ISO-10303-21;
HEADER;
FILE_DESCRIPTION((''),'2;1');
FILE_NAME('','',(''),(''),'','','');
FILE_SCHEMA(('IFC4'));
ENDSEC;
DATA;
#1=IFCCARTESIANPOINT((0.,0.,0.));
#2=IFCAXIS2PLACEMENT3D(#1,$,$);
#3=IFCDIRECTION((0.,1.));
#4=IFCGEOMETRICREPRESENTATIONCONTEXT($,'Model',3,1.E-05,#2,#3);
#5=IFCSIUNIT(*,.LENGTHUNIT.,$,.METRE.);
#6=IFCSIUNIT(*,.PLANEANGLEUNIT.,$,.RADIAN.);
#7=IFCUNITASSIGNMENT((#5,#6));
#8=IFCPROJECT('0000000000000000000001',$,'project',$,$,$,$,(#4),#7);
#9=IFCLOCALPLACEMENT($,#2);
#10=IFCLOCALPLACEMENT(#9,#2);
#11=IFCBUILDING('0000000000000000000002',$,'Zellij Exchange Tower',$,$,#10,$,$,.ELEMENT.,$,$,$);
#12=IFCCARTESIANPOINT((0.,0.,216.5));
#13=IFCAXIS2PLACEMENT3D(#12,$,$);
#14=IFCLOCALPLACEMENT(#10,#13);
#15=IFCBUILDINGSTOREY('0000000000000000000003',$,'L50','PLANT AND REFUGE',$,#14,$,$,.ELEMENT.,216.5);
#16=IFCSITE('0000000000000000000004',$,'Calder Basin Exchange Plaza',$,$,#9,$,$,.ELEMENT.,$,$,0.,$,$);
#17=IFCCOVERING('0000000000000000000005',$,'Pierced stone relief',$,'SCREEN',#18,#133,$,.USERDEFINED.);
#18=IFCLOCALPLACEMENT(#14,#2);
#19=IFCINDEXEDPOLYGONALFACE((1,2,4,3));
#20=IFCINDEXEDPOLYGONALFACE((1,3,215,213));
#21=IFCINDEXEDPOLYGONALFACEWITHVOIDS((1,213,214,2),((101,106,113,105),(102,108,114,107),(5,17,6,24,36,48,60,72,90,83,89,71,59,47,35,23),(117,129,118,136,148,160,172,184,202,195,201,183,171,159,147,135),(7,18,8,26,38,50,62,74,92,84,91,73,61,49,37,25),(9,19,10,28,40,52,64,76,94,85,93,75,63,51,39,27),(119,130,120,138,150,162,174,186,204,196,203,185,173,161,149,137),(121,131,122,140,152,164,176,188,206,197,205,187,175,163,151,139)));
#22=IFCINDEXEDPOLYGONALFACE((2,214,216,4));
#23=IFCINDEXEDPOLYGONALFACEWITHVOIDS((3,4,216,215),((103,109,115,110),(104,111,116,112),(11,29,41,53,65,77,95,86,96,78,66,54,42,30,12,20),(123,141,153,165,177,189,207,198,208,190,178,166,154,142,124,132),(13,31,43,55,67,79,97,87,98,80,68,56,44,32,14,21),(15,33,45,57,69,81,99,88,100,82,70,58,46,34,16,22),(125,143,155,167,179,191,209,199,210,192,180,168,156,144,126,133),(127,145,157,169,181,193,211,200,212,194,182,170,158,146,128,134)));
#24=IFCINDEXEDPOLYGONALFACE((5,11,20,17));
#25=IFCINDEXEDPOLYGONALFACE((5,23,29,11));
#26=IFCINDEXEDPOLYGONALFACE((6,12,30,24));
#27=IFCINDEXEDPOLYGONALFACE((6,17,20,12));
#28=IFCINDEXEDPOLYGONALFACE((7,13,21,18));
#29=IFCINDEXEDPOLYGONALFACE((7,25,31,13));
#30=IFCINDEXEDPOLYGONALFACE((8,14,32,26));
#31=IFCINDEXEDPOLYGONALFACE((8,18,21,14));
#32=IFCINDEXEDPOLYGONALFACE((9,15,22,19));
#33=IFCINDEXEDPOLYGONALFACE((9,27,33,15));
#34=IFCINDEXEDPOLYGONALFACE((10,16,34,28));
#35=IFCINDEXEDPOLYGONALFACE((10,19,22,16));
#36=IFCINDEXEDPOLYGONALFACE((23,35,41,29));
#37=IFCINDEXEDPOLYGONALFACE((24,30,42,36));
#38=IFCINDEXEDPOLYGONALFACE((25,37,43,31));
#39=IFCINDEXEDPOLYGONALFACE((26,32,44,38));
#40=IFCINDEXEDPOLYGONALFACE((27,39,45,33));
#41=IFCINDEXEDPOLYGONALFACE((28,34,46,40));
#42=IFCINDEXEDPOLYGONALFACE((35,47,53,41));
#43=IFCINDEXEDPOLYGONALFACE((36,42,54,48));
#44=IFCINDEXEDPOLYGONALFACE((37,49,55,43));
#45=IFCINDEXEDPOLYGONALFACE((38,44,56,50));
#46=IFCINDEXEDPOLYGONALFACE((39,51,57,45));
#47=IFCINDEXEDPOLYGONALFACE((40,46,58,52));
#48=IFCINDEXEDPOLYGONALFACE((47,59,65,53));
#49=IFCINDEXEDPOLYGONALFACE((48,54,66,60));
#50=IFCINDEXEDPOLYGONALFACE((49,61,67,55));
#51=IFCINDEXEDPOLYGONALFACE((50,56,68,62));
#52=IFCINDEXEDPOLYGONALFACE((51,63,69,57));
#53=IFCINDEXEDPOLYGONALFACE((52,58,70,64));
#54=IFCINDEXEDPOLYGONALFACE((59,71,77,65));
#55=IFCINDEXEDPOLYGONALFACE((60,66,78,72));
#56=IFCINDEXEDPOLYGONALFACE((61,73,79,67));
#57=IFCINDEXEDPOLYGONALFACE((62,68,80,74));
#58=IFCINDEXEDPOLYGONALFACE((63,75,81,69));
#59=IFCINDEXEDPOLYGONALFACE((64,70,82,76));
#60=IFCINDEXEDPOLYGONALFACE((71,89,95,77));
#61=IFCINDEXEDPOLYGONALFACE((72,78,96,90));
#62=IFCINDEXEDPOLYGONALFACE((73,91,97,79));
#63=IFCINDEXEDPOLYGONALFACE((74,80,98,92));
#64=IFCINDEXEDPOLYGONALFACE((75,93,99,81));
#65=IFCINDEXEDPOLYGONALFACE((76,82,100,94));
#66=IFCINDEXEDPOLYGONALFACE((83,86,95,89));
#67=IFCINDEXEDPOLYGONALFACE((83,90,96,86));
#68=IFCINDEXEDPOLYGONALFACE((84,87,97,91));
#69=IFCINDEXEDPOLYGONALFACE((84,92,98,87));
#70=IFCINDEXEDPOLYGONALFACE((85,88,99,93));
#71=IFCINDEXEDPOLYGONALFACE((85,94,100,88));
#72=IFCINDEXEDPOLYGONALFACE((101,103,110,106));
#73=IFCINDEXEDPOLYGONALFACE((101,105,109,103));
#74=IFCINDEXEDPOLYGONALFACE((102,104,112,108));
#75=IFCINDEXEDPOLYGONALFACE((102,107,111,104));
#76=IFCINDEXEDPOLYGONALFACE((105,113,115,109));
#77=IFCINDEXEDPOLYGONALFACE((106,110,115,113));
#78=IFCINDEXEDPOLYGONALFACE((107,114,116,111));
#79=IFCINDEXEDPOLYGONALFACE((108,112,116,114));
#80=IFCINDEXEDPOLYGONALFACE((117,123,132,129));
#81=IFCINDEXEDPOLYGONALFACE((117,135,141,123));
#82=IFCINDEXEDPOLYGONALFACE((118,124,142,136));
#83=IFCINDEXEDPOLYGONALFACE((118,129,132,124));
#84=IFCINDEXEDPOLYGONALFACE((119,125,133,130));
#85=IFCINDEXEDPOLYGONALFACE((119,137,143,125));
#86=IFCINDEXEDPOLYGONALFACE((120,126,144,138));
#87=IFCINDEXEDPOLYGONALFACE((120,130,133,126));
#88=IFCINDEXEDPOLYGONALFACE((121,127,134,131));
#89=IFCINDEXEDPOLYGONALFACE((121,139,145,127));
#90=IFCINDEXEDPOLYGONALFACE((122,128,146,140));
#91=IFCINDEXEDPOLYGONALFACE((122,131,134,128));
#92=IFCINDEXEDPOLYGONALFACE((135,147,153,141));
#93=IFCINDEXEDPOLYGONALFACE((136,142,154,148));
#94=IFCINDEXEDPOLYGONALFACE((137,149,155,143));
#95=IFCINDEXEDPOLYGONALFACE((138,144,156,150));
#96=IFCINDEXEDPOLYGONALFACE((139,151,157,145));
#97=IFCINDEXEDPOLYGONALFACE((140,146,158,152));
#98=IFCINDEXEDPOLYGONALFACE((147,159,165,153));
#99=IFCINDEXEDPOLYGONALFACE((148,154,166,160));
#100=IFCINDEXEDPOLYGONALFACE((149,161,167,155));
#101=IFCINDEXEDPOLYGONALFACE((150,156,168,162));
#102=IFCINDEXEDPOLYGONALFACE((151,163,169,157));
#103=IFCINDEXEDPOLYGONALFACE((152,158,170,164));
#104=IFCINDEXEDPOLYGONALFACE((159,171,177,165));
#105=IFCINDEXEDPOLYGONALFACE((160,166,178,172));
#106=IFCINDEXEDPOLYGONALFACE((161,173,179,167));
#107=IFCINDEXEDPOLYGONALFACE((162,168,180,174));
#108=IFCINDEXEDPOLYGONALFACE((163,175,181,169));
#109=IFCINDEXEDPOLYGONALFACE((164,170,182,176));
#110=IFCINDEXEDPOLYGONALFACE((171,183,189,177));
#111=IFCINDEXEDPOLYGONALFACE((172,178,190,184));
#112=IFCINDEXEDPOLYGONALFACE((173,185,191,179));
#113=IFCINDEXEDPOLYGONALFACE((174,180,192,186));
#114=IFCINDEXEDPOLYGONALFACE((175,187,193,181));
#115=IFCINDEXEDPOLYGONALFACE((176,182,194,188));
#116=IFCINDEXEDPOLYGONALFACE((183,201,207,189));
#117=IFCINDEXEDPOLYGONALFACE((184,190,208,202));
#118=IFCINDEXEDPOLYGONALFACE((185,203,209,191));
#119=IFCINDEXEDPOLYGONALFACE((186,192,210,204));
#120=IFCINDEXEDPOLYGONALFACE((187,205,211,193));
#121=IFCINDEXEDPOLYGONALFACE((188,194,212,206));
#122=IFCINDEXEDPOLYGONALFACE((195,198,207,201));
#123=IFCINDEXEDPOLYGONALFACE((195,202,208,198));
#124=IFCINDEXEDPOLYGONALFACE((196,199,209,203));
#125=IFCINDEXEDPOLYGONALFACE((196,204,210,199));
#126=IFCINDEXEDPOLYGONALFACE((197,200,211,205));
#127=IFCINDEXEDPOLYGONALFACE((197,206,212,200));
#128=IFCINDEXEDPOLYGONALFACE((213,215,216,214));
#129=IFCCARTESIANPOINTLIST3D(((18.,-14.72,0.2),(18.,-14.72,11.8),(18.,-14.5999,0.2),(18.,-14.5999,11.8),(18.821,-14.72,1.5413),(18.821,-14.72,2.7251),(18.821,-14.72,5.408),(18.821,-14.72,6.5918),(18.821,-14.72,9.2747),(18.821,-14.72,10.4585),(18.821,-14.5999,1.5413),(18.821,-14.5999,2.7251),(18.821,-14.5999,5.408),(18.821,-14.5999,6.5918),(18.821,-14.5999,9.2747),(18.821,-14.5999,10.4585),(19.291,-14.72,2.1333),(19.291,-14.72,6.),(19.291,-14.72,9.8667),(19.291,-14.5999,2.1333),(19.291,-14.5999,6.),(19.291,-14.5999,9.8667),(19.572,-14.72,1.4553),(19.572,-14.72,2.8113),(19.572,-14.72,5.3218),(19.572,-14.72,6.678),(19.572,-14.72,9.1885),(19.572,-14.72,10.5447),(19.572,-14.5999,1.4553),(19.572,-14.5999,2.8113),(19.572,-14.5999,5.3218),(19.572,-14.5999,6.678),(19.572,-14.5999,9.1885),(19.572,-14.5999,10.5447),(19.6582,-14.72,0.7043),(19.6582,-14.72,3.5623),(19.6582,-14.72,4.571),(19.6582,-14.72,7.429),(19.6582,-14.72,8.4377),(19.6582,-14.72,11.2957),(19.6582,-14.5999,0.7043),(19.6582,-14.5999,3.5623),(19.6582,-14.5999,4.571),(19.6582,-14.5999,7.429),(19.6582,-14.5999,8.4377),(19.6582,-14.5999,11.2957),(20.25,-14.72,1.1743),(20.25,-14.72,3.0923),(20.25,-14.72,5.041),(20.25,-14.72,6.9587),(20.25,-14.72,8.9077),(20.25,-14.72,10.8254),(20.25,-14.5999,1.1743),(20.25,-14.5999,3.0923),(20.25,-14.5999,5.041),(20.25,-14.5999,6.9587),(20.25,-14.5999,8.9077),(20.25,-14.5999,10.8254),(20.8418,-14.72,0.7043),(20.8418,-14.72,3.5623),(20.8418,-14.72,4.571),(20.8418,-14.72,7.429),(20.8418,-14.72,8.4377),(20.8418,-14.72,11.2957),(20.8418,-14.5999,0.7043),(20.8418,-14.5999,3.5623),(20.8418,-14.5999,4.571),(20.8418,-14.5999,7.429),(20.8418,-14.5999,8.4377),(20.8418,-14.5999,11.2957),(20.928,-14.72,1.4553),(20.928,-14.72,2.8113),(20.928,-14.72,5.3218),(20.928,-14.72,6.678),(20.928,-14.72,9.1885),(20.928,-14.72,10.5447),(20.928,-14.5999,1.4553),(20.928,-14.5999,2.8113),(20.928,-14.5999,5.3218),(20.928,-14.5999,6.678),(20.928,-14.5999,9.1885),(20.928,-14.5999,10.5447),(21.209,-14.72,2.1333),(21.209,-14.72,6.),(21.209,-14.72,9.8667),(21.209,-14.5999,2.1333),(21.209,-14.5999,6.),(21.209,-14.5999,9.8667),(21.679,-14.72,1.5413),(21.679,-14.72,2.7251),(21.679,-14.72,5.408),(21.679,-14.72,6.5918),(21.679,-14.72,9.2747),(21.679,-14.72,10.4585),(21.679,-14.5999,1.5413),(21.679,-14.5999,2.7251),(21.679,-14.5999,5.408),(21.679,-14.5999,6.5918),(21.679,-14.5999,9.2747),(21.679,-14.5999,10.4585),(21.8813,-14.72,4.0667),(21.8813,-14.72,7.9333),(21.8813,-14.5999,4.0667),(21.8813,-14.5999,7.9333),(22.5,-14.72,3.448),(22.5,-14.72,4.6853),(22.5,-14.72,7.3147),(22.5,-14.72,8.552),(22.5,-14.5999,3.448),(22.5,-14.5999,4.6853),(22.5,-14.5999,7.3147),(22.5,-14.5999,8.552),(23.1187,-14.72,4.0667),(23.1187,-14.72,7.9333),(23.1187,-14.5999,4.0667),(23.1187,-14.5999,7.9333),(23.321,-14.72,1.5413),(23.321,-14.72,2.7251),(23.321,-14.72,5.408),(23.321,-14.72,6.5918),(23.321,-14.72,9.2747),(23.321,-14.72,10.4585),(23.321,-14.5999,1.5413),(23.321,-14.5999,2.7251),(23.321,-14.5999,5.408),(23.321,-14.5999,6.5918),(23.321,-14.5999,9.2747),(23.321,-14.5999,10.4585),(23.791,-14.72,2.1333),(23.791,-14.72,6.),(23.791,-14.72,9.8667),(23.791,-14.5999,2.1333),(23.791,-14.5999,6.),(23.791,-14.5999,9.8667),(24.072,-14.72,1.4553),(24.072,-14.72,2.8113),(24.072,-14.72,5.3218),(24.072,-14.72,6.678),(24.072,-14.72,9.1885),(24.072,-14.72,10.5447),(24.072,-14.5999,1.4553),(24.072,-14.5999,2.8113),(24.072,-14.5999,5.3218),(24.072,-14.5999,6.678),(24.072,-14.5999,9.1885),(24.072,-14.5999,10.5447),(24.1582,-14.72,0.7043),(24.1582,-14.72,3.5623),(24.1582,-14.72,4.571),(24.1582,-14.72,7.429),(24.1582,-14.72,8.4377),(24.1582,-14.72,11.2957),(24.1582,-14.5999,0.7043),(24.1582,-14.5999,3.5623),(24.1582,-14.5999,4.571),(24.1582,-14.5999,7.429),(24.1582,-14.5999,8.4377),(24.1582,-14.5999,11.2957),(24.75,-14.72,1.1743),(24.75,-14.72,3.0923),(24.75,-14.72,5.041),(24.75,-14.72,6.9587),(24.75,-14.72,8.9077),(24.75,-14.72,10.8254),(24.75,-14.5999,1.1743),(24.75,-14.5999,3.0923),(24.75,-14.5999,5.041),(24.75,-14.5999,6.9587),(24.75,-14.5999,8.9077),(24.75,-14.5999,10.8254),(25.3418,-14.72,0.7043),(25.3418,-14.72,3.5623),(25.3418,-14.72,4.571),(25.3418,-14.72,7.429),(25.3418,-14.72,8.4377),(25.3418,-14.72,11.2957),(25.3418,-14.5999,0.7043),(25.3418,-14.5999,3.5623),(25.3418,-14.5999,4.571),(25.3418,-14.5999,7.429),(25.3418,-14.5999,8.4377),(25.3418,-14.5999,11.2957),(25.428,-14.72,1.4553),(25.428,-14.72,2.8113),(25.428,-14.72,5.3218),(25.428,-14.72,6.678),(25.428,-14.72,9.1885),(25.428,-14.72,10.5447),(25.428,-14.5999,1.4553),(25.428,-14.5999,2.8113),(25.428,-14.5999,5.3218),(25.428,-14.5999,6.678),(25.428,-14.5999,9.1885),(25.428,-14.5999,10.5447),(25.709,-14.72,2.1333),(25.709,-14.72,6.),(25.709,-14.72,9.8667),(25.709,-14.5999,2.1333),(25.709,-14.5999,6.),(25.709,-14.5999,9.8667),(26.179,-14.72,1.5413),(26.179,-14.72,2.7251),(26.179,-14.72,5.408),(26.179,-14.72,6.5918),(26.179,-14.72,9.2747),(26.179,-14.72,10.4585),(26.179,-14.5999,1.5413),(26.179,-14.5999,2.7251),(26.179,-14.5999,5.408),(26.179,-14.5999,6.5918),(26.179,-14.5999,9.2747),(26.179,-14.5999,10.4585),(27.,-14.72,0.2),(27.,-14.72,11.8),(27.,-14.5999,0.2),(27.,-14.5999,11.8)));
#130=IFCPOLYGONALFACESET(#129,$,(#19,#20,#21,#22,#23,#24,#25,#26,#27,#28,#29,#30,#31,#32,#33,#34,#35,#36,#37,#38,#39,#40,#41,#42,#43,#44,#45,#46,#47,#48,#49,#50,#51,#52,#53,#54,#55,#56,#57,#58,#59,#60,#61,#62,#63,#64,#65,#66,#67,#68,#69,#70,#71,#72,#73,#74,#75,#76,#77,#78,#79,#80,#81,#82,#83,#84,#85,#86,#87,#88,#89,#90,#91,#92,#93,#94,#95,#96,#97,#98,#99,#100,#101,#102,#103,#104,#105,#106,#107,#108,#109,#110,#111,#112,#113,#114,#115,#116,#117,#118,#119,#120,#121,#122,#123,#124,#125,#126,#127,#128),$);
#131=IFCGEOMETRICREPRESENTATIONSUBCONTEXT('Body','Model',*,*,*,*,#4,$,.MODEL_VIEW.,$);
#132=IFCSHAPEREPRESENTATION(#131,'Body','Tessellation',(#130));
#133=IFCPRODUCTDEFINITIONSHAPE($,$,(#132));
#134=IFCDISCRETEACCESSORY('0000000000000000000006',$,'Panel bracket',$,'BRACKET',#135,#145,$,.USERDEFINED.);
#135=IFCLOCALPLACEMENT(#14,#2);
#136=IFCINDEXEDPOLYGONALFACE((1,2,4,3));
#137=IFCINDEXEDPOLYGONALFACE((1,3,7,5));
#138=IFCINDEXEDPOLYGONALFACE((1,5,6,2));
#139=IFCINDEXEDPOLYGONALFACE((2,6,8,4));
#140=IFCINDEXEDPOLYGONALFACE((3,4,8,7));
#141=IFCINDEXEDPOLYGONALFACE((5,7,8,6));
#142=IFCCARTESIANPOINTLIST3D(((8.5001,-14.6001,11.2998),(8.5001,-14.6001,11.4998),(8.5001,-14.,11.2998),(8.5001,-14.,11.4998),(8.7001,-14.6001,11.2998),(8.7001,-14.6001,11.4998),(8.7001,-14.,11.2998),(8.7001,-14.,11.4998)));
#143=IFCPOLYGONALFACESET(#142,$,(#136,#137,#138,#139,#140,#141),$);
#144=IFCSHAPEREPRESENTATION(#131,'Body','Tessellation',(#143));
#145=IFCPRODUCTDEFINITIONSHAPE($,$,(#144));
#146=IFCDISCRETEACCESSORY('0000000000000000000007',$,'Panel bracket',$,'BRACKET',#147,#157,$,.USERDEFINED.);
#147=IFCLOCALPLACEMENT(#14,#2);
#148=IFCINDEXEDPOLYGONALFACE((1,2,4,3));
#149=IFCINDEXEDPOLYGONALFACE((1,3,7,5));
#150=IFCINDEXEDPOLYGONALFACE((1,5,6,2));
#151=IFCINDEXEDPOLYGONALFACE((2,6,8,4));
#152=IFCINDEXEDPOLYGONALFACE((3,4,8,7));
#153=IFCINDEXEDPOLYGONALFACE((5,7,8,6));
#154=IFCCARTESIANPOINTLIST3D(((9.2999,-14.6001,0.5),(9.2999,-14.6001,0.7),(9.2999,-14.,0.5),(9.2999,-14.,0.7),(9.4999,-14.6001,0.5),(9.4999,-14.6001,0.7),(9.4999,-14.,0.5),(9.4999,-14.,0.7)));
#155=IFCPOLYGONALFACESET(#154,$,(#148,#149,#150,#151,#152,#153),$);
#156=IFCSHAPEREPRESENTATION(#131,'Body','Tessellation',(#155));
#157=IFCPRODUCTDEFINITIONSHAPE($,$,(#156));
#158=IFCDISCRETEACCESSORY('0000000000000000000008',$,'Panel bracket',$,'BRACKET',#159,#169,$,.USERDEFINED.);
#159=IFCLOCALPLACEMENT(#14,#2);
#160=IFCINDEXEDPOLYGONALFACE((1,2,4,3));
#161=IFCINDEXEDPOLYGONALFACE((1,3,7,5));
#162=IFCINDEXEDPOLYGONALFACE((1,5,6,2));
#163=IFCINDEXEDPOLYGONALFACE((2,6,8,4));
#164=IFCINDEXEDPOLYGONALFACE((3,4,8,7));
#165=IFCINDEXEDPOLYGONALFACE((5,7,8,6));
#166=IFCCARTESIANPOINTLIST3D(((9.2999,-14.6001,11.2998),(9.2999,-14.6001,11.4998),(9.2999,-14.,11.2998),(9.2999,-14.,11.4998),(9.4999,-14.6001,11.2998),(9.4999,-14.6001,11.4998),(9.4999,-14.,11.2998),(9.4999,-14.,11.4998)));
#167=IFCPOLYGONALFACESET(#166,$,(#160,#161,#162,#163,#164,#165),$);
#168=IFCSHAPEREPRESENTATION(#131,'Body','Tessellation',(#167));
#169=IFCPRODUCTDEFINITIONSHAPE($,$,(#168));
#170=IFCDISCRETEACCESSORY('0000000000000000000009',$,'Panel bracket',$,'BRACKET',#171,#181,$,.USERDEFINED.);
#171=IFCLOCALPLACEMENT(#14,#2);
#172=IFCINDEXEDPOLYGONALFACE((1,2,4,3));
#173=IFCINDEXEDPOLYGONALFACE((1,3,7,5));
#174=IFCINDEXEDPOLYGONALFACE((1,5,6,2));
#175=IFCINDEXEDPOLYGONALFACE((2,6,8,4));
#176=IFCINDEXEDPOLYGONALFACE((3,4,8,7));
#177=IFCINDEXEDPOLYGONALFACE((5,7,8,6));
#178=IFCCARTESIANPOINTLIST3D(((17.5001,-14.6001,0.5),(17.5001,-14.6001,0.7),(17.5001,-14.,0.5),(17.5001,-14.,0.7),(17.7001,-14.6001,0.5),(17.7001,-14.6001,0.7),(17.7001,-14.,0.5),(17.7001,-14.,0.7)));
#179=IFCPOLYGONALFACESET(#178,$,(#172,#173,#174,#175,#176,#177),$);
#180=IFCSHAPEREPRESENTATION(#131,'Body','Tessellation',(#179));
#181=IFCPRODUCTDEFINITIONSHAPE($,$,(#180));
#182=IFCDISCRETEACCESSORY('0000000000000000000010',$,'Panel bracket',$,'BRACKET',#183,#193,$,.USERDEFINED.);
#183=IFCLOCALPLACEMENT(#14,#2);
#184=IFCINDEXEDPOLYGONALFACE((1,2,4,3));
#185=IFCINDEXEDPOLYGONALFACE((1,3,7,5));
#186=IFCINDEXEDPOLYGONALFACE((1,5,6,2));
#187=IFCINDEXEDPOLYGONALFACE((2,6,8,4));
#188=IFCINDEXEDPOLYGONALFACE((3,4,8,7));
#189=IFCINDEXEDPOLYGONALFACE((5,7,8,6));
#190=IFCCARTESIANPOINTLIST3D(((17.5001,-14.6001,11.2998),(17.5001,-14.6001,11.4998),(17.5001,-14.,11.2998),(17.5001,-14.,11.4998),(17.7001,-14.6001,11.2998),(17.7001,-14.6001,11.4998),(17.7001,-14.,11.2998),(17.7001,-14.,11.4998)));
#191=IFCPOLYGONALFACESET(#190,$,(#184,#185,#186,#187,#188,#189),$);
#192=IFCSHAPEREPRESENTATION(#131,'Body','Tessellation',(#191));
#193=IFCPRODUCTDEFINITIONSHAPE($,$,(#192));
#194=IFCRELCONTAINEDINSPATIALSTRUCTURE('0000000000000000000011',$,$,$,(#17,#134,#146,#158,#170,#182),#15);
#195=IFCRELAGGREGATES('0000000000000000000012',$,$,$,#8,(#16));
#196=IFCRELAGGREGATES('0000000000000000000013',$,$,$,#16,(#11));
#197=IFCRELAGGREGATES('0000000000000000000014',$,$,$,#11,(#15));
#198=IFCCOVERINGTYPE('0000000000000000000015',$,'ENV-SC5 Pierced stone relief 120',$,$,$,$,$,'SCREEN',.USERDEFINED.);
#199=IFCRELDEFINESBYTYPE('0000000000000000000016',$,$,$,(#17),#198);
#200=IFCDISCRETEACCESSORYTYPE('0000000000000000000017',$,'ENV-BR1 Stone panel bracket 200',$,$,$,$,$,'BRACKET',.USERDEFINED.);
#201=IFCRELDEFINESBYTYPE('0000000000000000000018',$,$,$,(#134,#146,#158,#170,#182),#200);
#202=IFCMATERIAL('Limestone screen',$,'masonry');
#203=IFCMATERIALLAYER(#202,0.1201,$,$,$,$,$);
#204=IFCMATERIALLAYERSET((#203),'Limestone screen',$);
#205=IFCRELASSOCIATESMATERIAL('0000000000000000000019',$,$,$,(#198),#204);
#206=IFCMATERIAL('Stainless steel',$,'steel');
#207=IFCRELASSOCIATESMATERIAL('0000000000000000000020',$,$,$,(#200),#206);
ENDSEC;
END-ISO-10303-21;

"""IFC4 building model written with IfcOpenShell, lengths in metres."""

from ifc_helpers import new_model, si_unit, direction, frame, origin, origin_2d, place, context, subcontext, project, spatial, polyline, rectangle, outline, extrude, material, layer, layer_set, type_object, element, save


model = new_model("IFC4")

# Units and contexts
model_context = context("Model", 3, precision=1e-05, world=origin(), true_north=direction((0.0, 1.0)))
body_context = subcontext(model_context, "Body", "Model", "MODEL_VIEW")
ifc_project = project(units=[si_unit("LENGTHUNIT", "METRE"), si_unit("PLANEANGLEUNIT", "RADIAN")], contexts=[model_context])

# Site, building, storey
site_placement = place(None, origin())
site = spatial("IfcSite", under=ifc_project, at=site_placement, Name="Calder Basin Exchange Plaza", CompositionType="ELEMENT", RefElevation=0.0)
building_placement = place(site_placement, origin())
building = spatial("IfcBuilding", under=site, at=building_placement, Name="Zellij Exchange Tower", CompositionType="ELEMENT")
storey_placement = place(building_placement, frame((0.0, 0.0, 216.5)))
storey = spatial("IfcBuildingStorey", under=building, at=storey_placement, Name="L50", Description="PLANT AND REFUGE", CompositionType="ELEMENT", Elevation=216.5)

# Covering
ifc_material_1 = material(Name="Limestone screen", Category="masonry")
ifc_layer_1 = layer(ifc_material_1, 0.1201)
ifc_layer_set_1 = layer_set([ifc_layer_1], Name="Limestone screen")
covering_type = type_object("IfcCoveringType", Name="ENV-SC5 Pierced stone relief 120", ElementType="SCREEN", PredefinedType="USERDEFINED", material=ifc_layer_set_1)
covering_1_placement = place(storey_placement, frame((18.0, -14.6599, 0.2), z_axis=(0.0, 0.0, 1.0), x_axis=(1.0, 0.0, 0.0)))
element("IfcCovering", 1, at=covering_1_placement, inside=storey, type_object=covering_type, Name="Pierced stone relief", ObjectType="SCREEN", PredefinedType="USERDEFINED", context=body_context, shape_type="SweptSolid", body=[
    extrude(outline(polyline([(0.0, 0.0), (9.0, 0.0), (9.0, 11.6001), (0.0, 11.6001), (0.0, 0.0)]), holes=[polyline([(3.679, 2.5251), (2.928, 2.6113), (2.8418, 3.3623), (2.25, 2.8923), (1.6582, 3.3623), (1.572, 2.6113), (0.821, 2.5251), (1.291, 1.9333), (0.821, 1.3413), (1.572, 1.2554), (1.6582, 0.5044), (2.25, 0.9744), (2.8418, 0.5044), (2.928, 1.2554), (3.679, 1.3413), (3.209, 1.9333), (3.679, 2.5251)]), polyline([(3.679, 6.3918), (2.928, 6.478), (2.8418, 7.229), (2.25, 6.7588), (1.6582, 7.229), (1.572, 6.478), (0.821, 6.3918), (1.291, 5.8), (0.821, 5.208), (1.572, 5.1218), (1.6582, 4.3711), (2.25, 4.8411), (2.8418, 4.3711), (2.928, 5.1218), (3.679, 5.208), (3.209, 5.8), (3.679, 6.3918)]), polyline([(3.679, 10.2585), (2.928, 10.3447), (2.8418, 11.0957), (2.25, 10.6255), (1.6582, 11.0957), (1.572, 10.3447), (0.821, 10.2585), (1.291, 9.6667), (0.821, 9.0747), (1.572, 8.9885), (1.6582, 8.2378), (2.25, 8.7078), (2.8418, 8.2378), (2.928, 8.9885), (3.679, 9.0747), (3.209, 9.6667), (3.679, 10.2585)]), polyline([(8.179, 2.5251), (7.428, 2.6113), (7.3418, 3.3623), (6.75, 2.8923), (6.1582, 3.3623), (6.072, 2.6113), (5.321, 2.5251), (5.791, 1.9333), (5.321, 1.3413), (6.072, 1.2554), (6.1582, 0.5044), (6.75, 0.9744), (7.3418, 0.5044), (7.428, 1.2554), (8.179, 1.3413), (7.709, 1.9333), (8.179, 2.5251)]), polyline([(8.179, 6.3918), (7.428, 6.478), (7.3418, 7.229), (6.75, 6.7588), (6.1582, 7.229), (6.072, 6.478), (5.321, 6.3918), (5.791, 5.8), (5.321, 5.208), (6.072, 5.1218), (6.1582, 4.3711), (6.75, 4.8411), (7.3418, 4.3711), (7.428, 5.1218), (8.179, 5.208), (7.709, 5.8), (8.179, 6.3918)]), polyline([(8.179, 10.2585), (7.428, 10.3447), (7.3418, 11.0957), (6.75, 10.6255), (6.1582, 11.0957), (6.072, 10.3447), (5.321, 10.2585), (5.791, 9.6667), (5.321, 9.0747), (6.072, 8.9885), (6.1582, 8.2378), (6.75, 8.7078), (7.3418, 8.2378), (7.428, 8.9885), (8.179, 9.0747), (7.709, 9.6667), (8.179, 10.2585)]), polyline([(5.1187, 3.8667), (4.5, 4.4854), (3.8813, 3.8667), (4.5, 3.248), (5.1187, 3.8667)]), polyline([(5.1187, 7.7334), (4.5, 8.3521), (3.8813, 7.7334), (4.5, 7.1147), (5.1187, 7.7334)])]), frame((0.0, 0.0601, 0.0), z_axis=(0.0, -1.0, 0.0), x_axis=(1.0, 0.0, 0.0)), (0.0, 0.0, 1.0), 0.1201),
])

# Discrete accessories
ifc_material_2 = material(Name="Stainless steel", Category="steel")
discrete_accessory_type = type_object("IfcDiscreteAccessoryType", Name="ENV-BR1 Stone panel bracket 200", ElementType="BRACKET", PredefinedType="USERDEFINED", material=ifc_material_2)
for number, where, z_axis, x_axis, name in (
    (2, (8.6001, -14.3, 11.2998), (0.0, 0.0, 1.0), (1.0, 0.0, 0.0), "Panel bracket"),
    (3, (9.3999, -14.3, 0.5), (0.0, 0.0, 1.0), (1.0, 0.0, 0.0), "Panel bracket"),
    (4, (9.3999, -14.3, 11.2998), (0.0, 0.0, 1.0), (1.0, 0.0, 0.0), "Panel bracket"),
    (5, (17.6001, -14.3, 0.5), (0.0, 0.0, 1.0), (1.0, 0.0, 0.0), "Panel bracket"),
    (6, (17.6001, -14.3, 11.2998), (0.0, 0.0, 1.0), (1.0, 0.0, 0.0), "Panel bracket"),
):
    element("IfcDiscreteAccessory", number, at=place(storey_placement, frame(where, z_axis=z_axis, x_axis=x_axis)), inside=storey, type_object=discrete_accessory_type, Name=name, ObjectType="BRACKET", PredefinedType="USERDEFINED", context=body_context, shape_type="SweptSolid", body=[
        extrude(rectangle(XDim=0.2, YDim=0.6001, at=origin_2d()), origin(), (0.0, 0.0, 1.0), 0.2),
    ])

save(model, "model.ifc")
